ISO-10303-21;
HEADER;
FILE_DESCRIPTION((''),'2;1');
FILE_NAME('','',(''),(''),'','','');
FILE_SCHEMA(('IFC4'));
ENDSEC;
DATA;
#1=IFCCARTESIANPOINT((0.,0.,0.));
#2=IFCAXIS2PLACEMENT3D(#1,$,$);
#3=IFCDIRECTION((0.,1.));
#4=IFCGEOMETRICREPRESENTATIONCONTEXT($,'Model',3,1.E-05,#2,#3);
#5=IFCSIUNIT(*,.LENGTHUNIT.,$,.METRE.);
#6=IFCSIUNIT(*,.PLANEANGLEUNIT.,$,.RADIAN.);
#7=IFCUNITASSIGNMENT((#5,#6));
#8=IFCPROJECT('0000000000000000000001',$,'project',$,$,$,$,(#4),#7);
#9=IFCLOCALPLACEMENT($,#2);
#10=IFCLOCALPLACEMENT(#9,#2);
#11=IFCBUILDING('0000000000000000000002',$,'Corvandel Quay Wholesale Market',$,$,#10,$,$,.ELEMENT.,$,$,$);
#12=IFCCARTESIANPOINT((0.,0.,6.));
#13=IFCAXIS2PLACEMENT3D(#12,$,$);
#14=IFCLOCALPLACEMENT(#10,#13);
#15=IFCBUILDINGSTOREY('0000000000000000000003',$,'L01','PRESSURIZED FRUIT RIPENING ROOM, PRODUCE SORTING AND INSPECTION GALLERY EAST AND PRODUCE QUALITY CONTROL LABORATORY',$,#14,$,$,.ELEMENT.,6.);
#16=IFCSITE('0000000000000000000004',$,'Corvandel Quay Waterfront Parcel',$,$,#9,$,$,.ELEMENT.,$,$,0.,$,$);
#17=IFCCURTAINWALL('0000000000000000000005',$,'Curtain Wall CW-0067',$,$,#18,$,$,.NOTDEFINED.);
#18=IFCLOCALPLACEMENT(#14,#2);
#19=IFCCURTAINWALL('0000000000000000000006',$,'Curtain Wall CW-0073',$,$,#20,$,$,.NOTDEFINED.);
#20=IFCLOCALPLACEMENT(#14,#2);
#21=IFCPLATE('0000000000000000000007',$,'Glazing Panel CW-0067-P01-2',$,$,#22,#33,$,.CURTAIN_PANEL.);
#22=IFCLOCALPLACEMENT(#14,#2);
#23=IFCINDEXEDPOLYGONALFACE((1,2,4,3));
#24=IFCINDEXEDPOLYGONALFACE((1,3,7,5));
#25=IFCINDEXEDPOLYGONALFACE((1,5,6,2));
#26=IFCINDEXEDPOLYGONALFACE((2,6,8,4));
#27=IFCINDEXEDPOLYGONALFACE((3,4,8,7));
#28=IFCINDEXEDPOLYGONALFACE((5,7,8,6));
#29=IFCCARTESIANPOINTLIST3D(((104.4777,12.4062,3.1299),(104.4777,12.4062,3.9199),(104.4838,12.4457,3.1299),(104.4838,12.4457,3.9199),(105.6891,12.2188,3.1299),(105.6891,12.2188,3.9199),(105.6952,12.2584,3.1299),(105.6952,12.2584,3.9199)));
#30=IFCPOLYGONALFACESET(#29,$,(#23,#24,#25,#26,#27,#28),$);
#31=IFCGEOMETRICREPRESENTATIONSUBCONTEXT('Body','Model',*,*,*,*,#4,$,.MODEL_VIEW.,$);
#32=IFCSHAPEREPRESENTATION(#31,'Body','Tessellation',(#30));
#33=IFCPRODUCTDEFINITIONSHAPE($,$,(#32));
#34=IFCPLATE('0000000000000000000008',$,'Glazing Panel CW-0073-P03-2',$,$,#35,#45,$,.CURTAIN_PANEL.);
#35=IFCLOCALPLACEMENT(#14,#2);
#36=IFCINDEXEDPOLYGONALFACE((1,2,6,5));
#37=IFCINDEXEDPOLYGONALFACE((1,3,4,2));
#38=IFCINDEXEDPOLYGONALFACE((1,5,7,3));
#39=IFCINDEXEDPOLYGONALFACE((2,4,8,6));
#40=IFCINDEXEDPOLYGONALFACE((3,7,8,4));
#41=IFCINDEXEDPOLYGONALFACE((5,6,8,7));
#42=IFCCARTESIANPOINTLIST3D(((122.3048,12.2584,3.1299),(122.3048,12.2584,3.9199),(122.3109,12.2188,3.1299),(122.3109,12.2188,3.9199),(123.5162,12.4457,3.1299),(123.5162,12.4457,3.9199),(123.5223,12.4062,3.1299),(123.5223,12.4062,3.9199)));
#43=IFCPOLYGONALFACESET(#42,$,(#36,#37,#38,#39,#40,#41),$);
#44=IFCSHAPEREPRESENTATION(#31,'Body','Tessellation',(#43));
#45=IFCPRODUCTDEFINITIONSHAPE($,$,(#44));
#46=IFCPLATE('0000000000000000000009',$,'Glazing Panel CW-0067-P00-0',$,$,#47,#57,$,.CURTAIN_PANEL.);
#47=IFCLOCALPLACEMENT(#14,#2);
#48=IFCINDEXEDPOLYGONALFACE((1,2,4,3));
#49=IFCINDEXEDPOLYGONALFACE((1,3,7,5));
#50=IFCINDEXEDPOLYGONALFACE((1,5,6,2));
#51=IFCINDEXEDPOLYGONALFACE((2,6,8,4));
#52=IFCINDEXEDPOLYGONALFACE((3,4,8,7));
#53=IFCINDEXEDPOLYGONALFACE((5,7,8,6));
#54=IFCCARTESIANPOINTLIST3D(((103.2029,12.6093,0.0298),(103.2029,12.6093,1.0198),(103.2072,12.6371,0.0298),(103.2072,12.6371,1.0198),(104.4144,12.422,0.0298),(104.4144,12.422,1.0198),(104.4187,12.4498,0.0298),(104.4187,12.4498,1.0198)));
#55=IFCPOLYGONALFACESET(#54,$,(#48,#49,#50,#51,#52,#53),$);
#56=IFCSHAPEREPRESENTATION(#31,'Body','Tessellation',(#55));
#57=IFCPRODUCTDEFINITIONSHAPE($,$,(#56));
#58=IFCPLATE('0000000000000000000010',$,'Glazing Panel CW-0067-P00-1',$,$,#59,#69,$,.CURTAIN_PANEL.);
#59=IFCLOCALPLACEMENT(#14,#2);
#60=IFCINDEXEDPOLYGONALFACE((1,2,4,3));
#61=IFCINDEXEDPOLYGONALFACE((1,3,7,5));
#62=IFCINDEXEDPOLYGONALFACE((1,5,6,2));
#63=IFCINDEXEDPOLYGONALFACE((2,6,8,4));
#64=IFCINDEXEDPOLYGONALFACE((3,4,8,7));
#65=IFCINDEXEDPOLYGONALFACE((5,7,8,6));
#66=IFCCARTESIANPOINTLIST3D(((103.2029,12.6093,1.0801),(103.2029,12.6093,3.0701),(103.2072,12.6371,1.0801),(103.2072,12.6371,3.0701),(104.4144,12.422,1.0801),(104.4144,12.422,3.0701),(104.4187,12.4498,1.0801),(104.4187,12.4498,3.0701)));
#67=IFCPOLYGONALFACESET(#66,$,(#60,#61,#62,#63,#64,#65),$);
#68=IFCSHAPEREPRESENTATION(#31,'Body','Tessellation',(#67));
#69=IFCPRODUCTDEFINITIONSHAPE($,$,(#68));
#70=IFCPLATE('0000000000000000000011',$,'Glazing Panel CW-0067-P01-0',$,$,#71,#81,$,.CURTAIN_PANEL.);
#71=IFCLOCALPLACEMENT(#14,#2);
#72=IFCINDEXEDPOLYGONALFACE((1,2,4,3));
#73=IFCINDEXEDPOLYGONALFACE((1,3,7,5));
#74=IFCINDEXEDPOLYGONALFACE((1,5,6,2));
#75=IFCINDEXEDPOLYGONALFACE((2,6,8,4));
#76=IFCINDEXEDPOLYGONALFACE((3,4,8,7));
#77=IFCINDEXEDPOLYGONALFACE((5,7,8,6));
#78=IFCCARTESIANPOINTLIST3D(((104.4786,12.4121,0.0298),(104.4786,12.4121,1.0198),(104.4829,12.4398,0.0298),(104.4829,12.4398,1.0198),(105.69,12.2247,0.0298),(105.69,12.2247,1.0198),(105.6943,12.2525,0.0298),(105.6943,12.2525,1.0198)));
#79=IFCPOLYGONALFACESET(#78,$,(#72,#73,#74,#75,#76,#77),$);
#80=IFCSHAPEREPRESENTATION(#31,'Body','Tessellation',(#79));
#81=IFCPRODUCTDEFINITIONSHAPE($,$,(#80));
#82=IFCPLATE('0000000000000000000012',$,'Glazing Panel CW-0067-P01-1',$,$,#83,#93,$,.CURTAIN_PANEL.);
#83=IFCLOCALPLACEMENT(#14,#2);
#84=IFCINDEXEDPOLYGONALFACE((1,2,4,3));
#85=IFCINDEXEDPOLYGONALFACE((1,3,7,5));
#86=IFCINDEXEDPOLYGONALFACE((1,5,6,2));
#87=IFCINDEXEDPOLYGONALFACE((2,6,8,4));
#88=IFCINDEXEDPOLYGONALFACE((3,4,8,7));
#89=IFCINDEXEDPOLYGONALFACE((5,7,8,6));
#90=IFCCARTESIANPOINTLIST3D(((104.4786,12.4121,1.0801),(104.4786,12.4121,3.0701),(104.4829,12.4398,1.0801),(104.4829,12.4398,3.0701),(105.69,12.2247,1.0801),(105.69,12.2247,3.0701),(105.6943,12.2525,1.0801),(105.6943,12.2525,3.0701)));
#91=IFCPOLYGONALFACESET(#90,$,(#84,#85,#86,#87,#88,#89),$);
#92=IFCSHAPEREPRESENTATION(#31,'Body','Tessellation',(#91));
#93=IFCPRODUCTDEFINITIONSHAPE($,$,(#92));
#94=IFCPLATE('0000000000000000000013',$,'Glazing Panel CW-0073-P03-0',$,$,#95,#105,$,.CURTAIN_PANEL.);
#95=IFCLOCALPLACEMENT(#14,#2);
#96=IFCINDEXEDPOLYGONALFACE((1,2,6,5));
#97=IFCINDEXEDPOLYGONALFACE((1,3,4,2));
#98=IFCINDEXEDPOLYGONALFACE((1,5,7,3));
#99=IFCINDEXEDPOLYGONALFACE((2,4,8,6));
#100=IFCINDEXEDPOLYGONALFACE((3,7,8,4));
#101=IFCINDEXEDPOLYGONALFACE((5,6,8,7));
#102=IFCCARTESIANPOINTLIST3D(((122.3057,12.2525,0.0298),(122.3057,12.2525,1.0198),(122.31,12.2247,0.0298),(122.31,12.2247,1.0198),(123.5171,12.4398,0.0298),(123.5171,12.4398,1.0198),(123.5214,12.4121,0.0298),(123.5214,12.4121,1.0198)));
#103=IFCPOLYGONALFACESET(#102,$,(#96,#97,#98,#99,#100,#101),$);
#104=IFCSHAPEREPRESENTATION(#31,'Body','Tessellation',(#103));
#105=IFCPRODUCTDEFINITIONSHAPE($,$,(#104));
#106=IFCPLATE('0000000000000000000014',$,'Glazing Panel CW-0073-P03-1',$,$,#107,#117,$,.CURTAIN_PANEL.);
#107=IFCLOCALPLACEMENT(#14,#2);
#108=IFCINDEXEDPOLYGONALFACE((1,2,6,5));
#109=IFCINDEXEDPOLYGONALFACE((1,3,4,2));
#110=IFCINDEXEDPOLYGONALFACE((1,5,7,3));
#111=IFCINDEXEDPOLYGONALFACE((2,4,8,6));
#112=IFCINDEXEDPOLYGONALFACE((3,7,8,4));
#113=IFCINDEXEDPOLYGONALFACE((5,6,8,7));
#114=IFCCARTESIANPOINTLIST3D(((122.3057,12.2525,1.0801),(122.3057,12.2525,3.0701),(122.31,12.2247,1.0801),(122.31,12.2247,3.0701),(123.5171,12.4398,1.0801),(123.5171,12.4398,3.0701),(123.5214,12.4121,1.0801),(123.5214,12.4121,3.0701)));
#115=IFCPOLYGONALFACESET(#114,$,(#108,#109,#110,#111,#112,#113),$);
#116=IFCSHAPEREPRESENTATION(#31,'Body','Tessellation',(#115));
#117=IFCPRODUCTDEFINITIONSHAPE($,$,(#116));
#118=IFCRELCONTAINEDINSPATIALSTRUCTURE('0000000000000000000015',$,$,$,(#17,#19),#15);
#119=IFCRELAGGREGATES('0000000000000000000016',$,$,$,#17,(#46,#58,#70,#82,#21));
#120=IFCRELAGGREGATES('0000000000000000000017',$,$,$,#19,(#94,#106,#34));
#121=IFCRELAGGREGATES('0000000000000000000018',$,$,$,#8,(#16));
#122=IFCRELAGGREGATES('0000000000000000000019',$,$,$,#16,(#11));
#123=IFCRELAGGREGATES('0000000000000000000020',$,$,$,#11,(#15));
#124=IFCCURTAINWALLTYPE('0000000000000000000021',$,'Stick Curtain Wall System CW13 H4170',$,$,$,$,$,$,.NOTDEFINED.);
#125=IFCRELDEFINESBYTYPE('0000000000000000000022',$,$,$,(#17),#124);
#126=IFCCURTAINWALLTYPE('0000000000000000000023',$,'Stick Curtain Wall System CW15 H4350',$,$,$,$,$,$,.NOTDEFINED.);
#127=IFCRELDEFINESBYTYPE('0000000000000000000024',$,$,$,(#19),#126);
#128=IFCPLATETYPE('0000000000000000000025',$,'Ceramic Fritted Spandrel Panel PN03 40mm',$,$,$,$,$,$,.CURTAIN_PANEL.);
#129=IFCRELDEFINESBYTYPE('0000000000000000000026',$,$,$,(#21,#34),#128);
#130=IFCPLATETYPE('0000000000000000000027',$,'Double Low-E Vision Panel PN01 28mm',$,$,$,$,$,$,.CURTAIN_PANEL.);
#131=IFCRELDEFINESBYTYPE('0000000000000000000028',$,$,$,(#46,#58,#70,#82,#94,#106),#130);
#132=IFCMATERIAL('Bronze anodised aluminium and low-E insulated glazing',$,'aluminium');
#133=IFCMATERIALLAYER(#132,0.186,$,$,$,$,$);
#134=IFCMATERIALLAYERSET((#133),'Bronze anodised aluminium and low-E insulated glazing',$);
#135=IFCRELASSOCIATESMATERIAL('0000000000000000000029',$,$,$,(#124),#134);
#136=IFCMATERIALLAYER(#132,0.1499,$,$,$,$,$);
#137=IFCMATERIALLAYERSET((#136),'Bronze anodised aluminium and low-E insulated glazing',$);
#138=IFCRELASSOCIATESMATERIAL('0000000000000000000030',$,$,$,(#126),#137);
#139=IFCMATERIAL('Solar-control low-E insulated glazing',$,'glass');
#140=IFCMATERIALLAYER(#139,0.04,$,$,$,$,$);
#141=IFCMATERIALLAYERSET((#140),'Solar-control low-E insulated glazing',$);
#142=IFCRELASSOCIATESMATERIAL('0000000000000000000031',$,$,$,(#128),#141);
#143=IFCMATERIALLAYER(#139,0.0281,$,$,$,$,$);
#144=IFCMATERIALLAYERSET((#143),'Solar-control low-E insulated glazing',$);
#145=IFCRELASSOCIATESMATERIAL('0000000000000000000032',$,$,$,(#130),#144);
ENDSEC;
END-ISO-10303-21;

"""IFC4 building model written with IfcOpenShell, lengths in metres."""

from ifc_helpers import new_model, si_unit, direction, frame, origin, origin_2d, place, context, subcontext, project, spatial, rectangle, extrude, material, layer, layer_set, type_object, element, aggregate, save


model = new_model("IFC4")

# Units and contexts
model_context = context("Model", 3, precision=1e-05, world=origin(), true_north=direction((0.0, 1.0)))
body_context = subcontext(model_context, "Body", "Model", "MODEL_VIEW")
ifc_project = project(units=[si_unit("LENGTHUNIT", "METRE"), si_unit("PLANEANGLEUNIT", "RADIAN")], contexts=[model_context])

# Site, building, storey
site_placement = place(None, origin())
site = spatial("IfcSite", under=ifc_project, at=site_placement, Name="Corvandel Quay Waterfront Parcel", CompositionType="ELEMENT", RefElevation=0.0)
building_placement = place(site_placement, origin())
building = spatial("IfcBuilding", under=site, at=building_placement, Name="Corvandel Quay Wholesale Market", CompositionType="ELEMENT")
storey_placement = place(building_placement, frame((0.0, 0.0, 6.0)))
storey = spatial("IfcBuildingStorey", under=building, at=storey_placement, Name="L01", Description="PRESSURIZED FRUIT RIPENING ROOM, PRODUCE SORTING AND INSPECTION GALLERY EAST AND PRODUCE QUALITY CONTROL LABORATORY", CompositionType="ELEMENT", Elevation=6.0)

# Curtain walls
ifc_material_1 = material(Name="Bronze anodised aluminium and low-E insulated glazing", Category="aluminium")
ifc_layer_1 = layer(ifc_material_1, 0.186)
ifc_layer_set_1 = layer_set([ifc_layer_1], Name="Bronze anodised aluminium and low-E insulated glazing")
curtain_wall_type_1 = type_object("IfcCurtainWallType", Name="Stick Curtain Wall System CW13 H4170", PredefinedType="NOTDEFINED", material=ifc_layer_set_1)
curtain_wall_1_placement = place(storey_placement, origin())
curtain_wall_1 = element("IfcCurtainWall", 1, at=curtain_wall_1_placement, inside=storey, type_object=curtain_wall_type_1, Name="Curtain Wall CW-0067", PredefinedType="NOTDEFINED")
ifc_layer_2 = layer(ifc_material_1, 0.1499)
ifc_layer_set_2 = layer_set([ifc_layer_2], Name="Bronze anodised aluminium and low-E insulated glazing")
curtain_wall_type_2 = type_object("IfcCurtainWallType", Name="Stick Curtain Wall System CW15 H4350", PredefinedType="NOTDEFINED", material=ifc_layer_set_2)
curtain_wall_2_placement = place(storey_placement, origin())
curtain_wall_2 = element("IfcCurtainWall", 2, at=curtain_wall_2_placement, inside=storey, type_object=curtain_wall_type_2, Name="Curtain Wall CW-0073", PredefinedType="NOTDEFINED")

# Plates
ifc_material_2 = material(Name="Solar-control low-E insulated glazing", Category="glass")
ifc_layer_3 = layer(ifc_material_2, 0.04)
ifc_layer_set_3 = layer_set([ifc_layer_3], Name="Solar-control low-E insulated glazing")
plate_type_1 = type_object("IfcPlateType", Name="Ceramic Fritted Spandrel Panel PN03 40mm", PredefinedType="CURTAIN_PANEL", material=ifc_layer_set_3)
plate_1_placement = place(storey_placement, frame((105.0864, 12.3323, 3.1299), z_axis=(0.0, 0.0, 1.0), x_axis=(-0.988255, 0.152813, 0.0)))
plate_1 = element("IfcPlate", 3, at=plate_1_placement, type_object=plate_type_1, Name="Glazing Panel CW-0067-P01-2", PredefinedType="CURTAIN_PANEL", context=body_context, shape_type="SweptSolid", body=[
    extrude(rectangle(XDim=1.2258, YDim=0.04, at=origin_2d()), origin(), (0.0, 0.0, 1.0), 0.79),
])
plate_2_placement = place(storey_placement, frame((122.9136, 12.3323, 3.1299), z_axis=(0.0, 0.0, 1.0), x_axis=(0.988255, 0.152813, 0.0)))
plate_2 = element("IfcPlate", 4, at=plate_2_placement, type_object=plate_type_1, Name="Glazing Panel CW-0073-P03-2", PredefinedType="CURTAIN_PANEL", context=body_context, shape_type="SweptSolid", body=[
    extrude(rectangle(XDim=1.2258, YDim=0.04, at=origin_2d()), origin(), (0.0, 0.0, 1.0), 0.79),
])
ifc_layer_4 = layer(ifc_material_2, 0.0281)
ifc_layer_set_4 = layer_set([ifc_layer_4], Name="Solar-control low-E insulated glazing")
plate_type_2 = type_object("IfcPlateType", Name="Double Low-E Vision Panel PN01 28mm", PredefinedType="CURTAIN_PANEL", material=ifc_layer_set_4)
plate_3_placement = place(storey_placement, frame((103.8108, 12.5295, 0.0298), z_axis=(0.0, 0.0, 1.0), x_axis=(-0.988255, 0.152813, 0.0)))
plate_3 = element("IfcPlate", 5, at=plate_3_placement, type_object=plate_type_2, Name="Glazing Panel CW-0067-P00-0", PredefinedType="CURTAIN_PANEL", context=body_context, shape_type="SweptSolid", body=[
    extrude(rectangle(XDim=1.2258, YDim=0.0281, at=origin_2d()), origin(), (0.0, 0.0, 1.0), 0.99),
])
plate_4_placement = place(storey_placement, frame((103.8108, 12.5295, 1.0801), z_axis=(0.0, 0.0, 1.0), x_axis=(-0.988255, 0.152813, 0.0)))
plate_4 = element("IfcPlate", 6, at=plate_4_placement, type_object=plate_type_2, Name="Glazing Panel CW-0067-P00-1", PredefinedType="CURTAIN_PANEL", context=body_context, shape_type="SweptSolid", body=[
    extrude(rectangle(XDim=1.2258, YDim=0.0281, at=origin_2d()), origin(), (0.0, 0.0, 1.0), 1.99),
])
plate_5_placement = place(storey_placement, frame((105.0864, 12.3323, 0.0298), z_axis=(0.0, 0.0, 1.0), x_axis=(-0.988255, 0.152813, 0.0)))
plate_5 = element("IfcPlate", 7, at=plate_5_placement, type_object=plate_type_2, Name="Glazing Panel CW-0067-P01-0", PredefinedType="CURTAIN_PANEL", context=body_context, shape_type="SweptSolid", body=[
    extrude(rectangle(XDim=1.2258, YDim=0.0281, at=origin_2d()), origin(), (0.0, 0.0, 1.0), 0.99),
])
plate_6_placement = place(storey_placement, frame((105.0864, 12.3323, 1.0801), z_axis=(0.0, 0.0, 1.0), x_axis=(-0.988255, 0.152813, 0.0)))
plate_6 = element("IfcPlate", 8, at=plate_6_placement, type_object=plate_type_2, Name="Glazing Panel CW-0067-P01-1", PredefinedType="CURTAIN_PANEL", context=body_context, shape_type="SweptSolid", body=[
    extrude(rectangle(XDim=1.2258, YDim=0.0281, at=origin_2d()), origin(), (0.0, 0.0, 1.0), 1.99),
])
aggregate(curtain_wall_1, [plate_3, plate_4, plate_5, plate_6, plate_1])
plate_7_placement = place(storey_placement, frame((122.9136, 12.3323, 0.0298), z_axis=(0.0, 0.0, 1.0), x_axis=(0.988255, 0.152813, 0.0)))
plate_7 = element("IfcPlate", 9, at=plate_7_placement, type_object=plate_type_2, Name="Glazing Panel CW-0073-P03-0", PredefinedType="CURTAIN_PANEL", context=body_context, shape_type="SweptSolid", body=[
    extrude(rectangle(XDim=1.2258, YDim=0.0281, at=origin_2d()), origin(), (0.0, 0.0, 1.0), 0.99),
])
plate_8_placement = place(storey_placement, frame((122.9136, 12.3323, 1.0801), z_axis=(0.0, 0.0, 1.0), x_axis=(0.988255, 0.152813, 0.0)))
plate_8 = element("IfcPlate", 10, at=plate_8_placement, type_object=plate_type_2, Name="Glazing Panel CW-0073-P03-1", PredefinedType="CURTAIN_PANEL", context=body_context, shape_type="SweptSolid", body=[
    extrude(rectangle(XDim=1.2258, YDim=0.0281, at=origin_2d()), origin(), (0.0, 0.0, 1.0), 1.99),
])
aggregate(curtain_wall_2, [plate_7, plate_8, plate_2])

save(model, "model.ifc")
